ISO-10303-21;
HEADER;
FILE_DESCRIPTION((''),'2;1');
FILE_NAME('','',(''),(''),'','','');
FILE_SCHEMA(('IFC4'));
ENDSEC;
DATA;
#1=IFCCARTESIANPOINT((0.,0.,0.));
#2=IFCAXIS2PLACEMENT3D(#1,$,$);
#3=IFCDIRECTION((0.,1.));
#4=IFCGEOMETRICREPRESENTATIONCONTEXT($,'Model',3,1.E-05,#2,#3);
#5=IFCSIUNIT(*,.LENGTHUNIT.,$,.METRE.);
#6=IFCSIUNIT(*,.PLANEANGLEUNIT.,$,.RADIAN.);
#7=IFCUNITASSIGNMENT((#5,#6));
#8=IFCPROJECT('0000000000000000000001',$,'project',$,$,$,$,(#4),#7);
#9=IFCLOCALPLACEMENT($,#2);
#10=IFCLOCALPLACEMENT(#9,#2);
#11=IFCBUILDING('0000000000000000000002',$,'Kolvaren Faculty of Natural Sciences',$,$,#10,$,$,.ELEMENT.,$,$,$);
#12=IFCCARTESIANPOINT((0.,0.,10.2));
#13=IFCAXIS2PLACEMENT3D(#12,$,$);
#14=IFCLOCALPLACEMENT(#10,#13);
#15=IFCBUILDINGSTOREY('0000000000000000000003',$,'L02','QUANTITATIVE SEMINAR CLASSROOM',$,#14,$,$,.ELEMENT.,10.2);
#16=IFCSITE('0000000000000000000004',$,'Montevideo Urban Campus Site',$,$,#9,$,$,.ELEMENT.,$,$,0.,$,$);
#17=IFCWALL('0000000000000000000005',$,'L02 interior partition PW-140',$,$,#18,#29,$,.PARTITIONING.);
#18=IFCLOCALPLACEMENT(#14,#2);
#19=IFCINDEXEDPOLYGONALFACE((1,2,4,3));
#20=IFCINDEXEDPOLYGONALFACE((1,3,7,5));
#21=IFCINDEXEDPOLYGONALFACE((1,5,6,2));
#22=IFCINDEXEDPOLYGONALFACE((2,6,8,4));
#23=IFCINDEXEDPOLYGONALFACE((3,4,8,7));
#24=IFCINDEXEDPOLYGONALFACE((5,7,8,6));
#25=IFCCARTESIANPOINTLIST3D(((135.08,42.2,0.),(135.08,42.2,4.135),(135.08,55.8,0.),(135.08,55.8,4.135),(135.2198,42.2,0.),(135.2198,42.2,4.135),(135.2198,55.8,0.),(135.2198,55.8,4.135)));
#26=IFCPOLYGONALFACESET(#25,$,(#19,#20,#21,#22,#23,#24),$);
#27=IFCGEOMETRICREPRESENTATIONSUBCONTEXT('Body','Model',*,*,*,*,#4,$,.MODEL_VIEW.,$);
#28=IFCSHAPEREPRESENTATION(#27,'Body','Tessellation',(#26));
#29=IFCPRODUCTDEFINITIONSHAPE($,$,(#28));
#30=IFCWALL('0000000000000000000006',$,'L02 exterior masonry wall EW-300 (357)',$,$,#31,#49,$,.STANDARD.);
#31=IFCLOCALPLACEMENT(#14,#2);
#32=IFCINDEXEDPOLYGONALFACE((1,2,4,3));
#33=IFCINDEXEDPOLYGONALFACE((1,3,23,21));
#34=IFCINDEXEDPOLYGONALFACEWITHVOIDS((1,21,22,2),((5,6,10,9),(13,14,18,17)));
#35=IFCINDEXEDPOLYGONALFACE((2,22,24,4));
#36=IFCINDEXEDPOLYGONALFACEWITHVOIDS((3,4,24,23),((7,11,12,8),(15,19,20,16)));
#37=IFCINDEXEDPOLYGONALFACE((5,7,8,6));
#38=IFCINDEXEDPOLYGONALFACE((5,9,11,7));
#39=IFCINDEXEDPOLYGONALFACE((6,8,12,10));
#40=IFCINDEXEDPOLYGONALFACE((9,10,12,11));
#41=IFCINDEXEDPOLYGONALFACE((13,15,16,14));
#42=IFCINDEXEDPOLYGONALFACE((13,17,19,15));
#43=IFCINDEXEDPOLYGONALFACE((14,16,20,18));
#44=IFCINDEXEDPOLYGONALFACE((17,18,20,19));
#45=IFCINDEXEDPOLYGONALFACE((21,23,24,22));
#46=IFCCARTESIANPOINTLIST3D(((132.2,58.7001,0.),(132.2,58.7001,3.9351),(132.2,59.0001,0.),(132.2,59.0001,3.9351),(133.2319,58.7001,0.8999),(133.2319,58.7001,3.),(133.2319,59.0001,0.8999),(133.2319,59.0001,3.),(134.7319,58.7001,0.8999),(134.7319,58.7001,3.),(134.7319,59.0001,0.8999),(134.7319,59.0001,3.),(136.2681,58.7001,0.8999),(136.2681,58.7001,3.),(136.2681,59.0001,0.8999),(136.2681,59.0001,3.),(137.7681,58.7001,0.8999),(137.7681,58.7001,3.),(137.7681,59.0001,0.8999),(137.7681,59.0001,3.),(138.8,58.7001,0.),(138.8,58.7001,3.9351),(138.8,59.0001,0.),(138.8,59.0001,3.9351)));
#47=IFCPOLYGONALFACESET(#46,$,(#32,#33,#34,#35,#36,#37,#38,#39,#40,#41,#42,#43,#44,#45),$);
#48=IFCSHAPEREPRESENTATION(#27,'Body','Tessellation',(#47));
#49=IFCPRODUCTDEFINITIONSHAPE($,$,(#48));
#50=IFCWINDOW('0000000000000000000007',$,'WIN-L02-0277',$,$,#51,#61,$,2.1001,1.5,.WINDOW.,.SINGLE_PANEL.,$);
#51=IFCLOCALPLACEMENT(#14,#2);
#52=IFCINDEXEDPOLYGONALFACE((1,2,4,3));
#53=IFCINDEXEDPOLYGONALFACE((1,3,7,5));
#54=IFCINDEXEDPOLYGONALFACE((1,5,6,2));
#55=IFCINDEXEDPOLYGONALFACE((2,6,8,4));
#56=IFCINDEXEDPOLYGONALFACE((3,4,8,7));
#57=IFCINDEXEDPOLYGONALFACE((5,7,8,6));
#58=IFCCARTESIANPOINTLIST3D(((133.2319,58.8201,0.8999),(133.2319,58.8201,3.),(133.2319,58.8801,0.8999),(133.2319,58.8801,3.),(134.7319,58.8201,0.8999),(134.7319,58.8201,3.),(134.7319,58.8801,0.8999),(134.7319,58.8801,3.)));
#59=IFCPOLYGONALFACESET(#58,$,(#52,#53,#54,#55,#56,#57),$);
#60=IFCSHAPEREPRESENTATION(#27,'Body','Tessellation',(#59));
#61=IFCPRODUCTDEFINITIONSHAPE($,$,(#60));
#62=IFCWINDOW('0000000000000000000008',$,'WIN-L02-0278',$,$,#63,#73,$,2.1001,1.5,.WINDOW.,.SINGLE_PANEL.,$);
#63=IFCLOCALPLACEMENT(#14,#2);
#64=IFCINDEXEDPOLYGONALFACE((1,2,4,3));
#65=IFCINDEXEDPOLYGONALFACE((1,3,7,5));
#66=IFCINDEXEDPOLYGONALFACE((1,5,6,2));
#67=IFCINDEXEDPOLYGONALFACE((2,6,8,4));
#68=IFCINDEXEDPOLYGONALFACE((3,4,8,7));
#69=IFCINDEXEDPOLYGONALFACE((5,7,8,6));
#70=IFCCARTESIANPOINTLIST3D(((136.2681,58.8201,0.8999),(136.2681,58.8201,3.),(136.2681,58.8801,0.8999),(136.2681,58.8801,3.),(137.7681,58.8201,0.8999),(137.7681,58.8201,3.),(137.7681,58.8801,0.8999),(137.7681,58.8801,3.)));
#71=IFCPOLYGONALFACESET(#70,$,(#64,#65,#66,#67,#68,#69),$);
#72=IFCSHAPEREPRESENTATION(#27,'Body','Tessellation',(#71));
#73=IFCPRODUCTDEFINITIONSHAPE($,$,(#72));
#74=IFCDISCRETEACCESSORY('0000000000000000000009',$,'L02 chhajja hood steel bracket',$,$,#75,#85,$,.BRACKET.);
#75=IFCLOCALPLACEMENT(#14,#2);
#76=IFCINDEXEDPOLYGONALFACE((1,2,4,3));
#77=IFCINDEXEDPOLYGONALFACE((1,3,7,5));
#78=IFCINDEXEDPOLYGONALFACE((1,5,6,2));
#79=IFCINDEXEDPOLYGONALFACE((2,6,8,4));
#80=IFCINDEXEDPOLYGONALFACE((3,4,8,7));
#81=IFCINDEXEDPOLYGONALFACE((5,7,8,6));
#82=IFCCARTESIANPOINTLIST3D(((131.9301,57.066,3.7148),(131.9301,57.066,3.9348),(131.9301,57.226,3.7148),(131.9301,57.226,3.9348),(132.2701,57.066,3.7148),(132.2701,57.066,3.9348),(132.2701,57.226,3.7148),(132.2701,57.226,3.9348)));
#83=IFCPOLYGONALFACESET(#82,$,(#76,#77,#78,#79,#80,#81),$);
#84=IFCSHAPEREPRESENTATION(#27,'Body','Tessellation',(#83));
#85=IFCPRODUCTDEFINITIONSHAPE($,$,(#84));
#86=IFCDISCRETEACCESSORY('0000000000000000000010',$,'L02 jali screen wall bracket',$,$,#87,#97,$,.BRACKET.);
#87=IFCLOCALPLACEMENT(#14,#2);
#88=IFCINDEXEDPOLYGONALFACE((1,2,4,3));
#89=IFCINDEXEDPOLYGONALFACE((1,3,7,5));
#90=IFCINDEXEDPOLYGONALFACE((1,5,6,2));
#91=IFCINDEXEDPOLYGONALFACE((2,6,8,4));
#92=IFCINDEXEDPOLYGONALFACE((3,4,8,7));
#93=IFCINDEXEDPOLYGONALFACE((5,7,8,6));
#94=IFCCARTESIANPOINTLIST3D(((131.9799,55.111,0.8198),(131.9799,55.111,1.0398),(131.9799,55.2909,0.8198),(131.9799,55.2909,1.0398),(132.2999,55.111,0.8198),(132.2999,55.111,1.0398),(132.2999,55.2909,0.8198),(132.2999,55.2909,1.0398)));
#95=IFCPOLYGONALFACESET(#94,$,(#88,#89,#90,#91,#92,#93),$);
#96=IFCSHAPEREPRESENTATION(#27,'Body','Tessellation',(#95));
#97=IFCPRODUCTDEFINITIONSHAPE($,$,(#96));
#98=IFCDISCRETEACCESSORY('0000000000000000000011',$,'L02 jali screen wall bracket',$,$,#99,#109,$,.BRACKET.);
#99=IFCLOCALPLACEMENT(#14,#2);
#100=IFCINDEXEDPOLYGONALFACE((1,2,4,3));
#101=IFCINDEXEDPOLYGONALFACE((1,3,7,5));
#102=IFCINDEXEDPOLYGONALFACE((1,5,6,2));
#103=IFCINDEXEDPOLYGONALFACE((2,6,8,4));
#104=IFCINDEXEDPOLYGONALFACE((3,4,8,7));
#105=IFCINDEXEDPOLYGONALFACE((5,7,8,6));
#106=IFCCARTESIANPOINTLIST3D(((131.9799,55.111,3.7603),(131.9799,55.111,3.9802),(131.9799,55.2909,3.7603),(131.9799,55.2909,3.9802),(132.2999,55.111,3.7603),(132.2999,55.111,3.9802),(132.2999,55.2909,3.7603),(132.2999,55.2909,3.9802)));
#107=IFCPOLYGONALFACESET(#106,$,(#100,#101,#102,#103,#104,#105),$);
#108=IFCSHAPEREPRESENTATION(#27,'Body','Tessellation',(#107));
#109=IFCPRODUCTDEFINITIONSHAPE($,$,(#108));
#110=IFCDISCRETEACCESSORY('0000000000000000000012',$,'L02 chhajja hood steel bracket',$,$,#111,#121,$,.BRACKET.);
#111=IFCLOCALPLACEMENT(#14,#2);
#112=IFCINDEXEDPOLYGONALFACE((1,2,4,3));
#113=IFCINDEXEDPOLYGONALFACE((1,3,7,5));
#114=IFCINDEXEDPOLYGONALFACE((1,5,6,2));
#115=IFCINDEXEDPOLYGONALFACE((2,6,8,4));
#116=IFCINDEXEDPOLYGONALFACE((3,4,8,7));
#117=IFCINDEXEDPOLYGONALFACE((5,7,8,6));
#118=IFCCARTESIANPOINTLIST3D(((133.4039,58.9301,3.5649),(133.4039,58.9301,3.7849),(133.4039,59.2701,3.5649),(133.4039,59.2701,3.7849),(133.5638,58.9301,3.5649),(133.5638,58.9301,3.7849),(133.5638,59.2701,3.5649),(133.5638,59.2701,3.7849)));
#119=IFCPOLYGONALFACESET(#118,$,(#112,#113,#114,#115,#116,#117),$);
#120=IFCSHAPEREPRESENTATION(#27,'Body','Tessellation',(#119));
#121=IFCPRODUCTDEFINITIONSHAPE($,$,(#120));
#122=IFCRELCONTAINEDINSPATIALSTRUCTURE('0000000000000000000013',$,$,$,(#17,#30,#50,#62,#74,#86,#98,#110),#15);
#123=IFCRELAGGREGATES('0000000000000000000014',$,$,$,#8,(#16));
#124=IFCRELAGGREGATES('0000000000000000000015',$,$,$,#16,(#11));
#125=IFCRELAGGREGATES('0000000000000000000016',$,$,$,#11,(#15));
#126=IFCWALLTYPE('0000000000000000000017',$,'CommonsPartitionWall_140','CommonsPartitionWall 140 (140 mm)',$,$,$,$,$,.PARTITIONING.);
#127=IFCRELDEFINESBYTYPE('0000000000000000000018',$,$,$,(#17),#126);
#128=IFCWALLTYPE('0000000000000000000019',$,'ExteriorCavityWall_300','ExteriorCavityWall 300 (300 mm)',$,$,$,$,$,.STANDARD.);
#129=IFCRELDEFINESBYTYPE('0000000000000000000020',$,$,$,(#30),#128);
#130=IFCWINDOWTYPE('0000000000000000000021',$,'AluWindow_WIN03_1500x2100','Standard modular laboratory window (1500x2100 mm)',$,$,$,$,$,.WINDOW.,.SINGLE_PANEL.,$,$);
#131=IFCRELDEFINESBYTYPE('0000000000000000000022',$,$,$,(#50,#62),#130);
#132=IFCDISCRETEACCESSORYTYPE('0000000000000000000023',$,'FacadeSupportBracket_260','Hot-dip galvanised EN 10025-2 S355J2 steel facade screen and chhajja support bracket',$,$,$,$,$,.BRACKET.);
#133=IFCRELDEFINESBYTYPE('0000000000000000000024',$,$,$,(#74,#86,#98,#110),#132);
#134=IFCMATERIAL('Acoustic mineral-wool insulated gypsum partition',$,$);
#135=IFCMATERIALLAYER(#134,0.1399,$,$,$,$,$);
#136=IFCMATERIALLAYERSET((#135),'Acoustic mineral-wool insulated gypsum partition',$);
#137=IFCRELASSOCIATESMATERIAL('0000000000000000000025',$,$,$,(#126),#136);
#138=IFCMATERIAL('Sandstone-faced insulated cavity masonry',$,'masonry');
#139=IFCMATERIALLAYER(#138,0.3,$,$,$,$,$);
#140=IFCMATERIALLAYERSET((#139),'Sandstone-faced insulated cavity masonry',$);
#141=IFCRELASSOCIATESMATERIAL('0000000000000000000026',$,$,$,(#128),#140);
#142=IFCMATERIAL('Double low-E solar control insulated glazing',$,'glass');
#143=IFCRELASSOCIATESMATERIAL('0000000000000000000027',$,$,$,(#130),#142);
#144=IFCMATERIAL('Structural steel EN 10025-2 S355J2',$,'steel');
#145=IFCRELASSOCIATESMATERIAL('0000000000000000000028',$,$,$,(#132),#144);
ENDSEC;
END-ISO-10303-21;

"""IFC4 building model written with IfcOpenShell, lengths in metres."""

from ifc_helpers import new_model, si_unit, direction, frame, frame_2d, origin, origin_2d, place, context, subcontext, project, spatial, rectangle, extrude, material, layer, layer_set, type_object, element, fill, save


model = new_model("IFC4")

# Units and contexts
model_context = context("Model", 3, precision=1e-05, world=origin(), true_north=direction((0.0, 1.0)))
body_context = subcontext(model_context, "Body", "Model", "MODEL_VIEW")
ifc_project = project(units=[si_unit("LENGTHUNIT", "METRE"), si_unit("PLANEANGLEUNIT", "RADIAN")], contexts=[model_context])

# Site, building, storey
site_placement = place(None, origin())
site = spatial("IfcSite", under=ifc_project, at=site_placement, Name="Montevideo Urban Campus Site", CompositionType="ELEMENT", RefElevation=0.0)
building_placement = place(site_placement, origin())
building = spatial("IfcBuilding", under=site, at=building_placement, Name="Kolvaren Faculty of Natural Sciences", CompositionType="ELEMENT")
storey_placement = place(building_placement, frame((0.0, 0.0, 10.2)))
storey = spatial("IfcBuildingStorey", under=building, at=storey_placement, Name="L02", Description="QUANTITATIVE SEMINAR CLASSROOM", CompositionType="ELEMENT", Elevation=10.2)

# Shared definitions
ifc_material_1 = material(Name="Acoustic mineral-wool insulated gypsum partition")
ifc_layer_1 = layer(ifc_material_1, 0.1399)
ifc_layer_set_1 = layer_set([ifc_layer_1], Name="Acoustic mineral-wool insulated gypsum partition")
wall_type_1 = type_object("IfcWallType", Name="CommonsPartitionWall_140", Description="CommonsPartitionWall 140 (140 mm)", PredefinedType="PARTITIONING", material=ifc_layer_set_1)

# Wall
wall_1_placement = place(storey_placement, frame((135.1499, 55.8, 0.0), z_axis=(0.0, 0.0, 1.0), x_axis=(0.0, -1.0, 0.0)))
element("IfcWall", 1, at=wall_1_placement, inside=storey, type_object=wall_type_1, Name="L02 interior partition PW-140", PredefinedType="PARTITIONING", context=body_context, shape_type="SweptSolid", body=[
    extrude(rectangle(XDim=13.6001, YDim=0.1399, at=frame_2d((6.8, 0.0))), origin(), (0.0, 0.0, 1.0), 4.135),
])

# Wall, openings, windows
ifc_material_2 = material(Name="Sandstone-faced insulated cavity masonry", Category="masonry")
ifc_layer_2 = layer(ifc_material_2, 0.3)
ifc_layer_set_2 = layer_set([ifc_layer_2], Name="Sandstone-faced insulated cavity masonry")
wall_type_2 = type_object("IfcWallType", Name="ExteriorCavityWall_300", Description="ExteriorCavityWall 300 (300 mm)", PredefinedType="STANDARD", material=ifc_layer_set_2)
wall_2_placement = place(storey_placement, frame((132.2, 58.8501, 0.0), z_axis=(0.0, 0.0, 1.0), x_axis=(1.0, 0.0, 0.0)))
wall_2 = element("IfcWall", 2, at=wall_2_placement, inside=storey, type_object=wall_type_2, Name="L02 exterior masonry wall EW-300 (357)", PredefinedType="STANDARD", context=body_context, shape_type="SweptSolid", body=[
    extrude(rectangle(XDim=6.6001, YDim=0.3, at=frame_2d((3.3, 0.0))), origin(), (0.0, 0.0, 1.0), 3.9351),
])
opening_1_placement = place(wall_2_placement, frame((1.032, 0.0, 0.8999)))
opening_1 = element("IfcOpeningElement", 3, at=opening_1_placement, cuts=wall_2, PredefinedType="OPENING", context=body_context, shape_type="SweptSolid", body=[
    extrude(rectangle(XDim=1.5, YDim=2.1001, at=frame_2d((0.75, 1.05))), frame((0.0, 0.1599, 0.0), z_axis=(0.0, -1.0, 0.0), x_axis=(1.0, 0.0, 0.0)), (0.0, 0.0, 1.0), 0.3201),
])
opening_2_placement = place(wall_2_placement, frame((4.0681, 0.0, 0.8999)))
opening_2 = element("IfcOpeningElement", 4, at=opening_2_placement, cuts=wall_2, PredefinedType="OPENING", context=body_context, shape_type="SweptSolid", body=[
    extrude(rectangle(XDim=1.5, YDim=2.1001, at=frame_2d((0.75, 1.05))), frame((0.0, 0.1599, 0.0), z_axis=(0.0, -1.0, 0.0), x_axis=(1.0, 0.0, 0.0)), (0.0, 0.0, 1.0), 0.3201),
])
ifc_material_3 = material(Name="Double low-E solar control insulated glazing", Category="glass")
window_type = type_object("IfcWindowType", Name="AluWindow_WIN03_1500x2100", Description="Standard modular laboratory window (1500x2100 mm)", PartitioningType="SINGLE_PANEL", PredefinedType="WINDOW", material=ifc_material_3)
window_1_placement = place(opening_1_placement, origin())
window_1 = element("IfcWindow", 5, at=window_1_placement, inside=storey, type_object=window_type, Name="WIN-L02-0277", OverallHeight=2.1001, OverallWidth=1.5, PartitioningType="SINGLE_PANEL", PredefinedType="WINDOW", context=body_context, shape_type="SweptSolid", body=[
    extrude(rectangle(XDim=1.5, YDim=2.1001, at=frame_2d((0.75, 1.05))), frame((0.0, 0.03, 0.0), z_axis=(0.0, -1.0, 0.0), x_axis=(1.0, 0.0, 0.0)), (0.0, 0.0, 1.0), 0.0601),
])
fill(opening_1, window_1)
window_2_placement = place(opening_2_placement, origin())
window_2 = element("IfcWindow", 6, at=window_2_placement, inside=storey, type_object=window_type, Name="WIN-L02-0278", OverallHeight=2.1001, OverallWidth=1.5, PartitioningType="SINGLE_PANEL", PredefinedType="WINDOW", context=body_context, shape_type="SweptSolid", body=[
    extrude(rectangle(XDim=1.5, YDim=2.1001, at=frame_2d((0.75, 1.05))), frame((0.0, 0.03, 0.0), z_axis=(0.0, -1.0, 0.0), x_axis=(1.0, 0.0, 0.0)), (0.0, 0.0, 1.0), 0.0601),
])
fill(opening_2, window_2)

# Discrete accessories
ifc_material_4 = material(Name="Structural steel EN 10025-2 S355J2", Category="steel")
discrete_accessory_type = type_object("IfcDiscreteAccessoryType", Name="FacadeSupportBracket_260", Description="Hot-dip galvanised EN 10025-2 S355J2 steel facade screen and chhajja support bracket", PredefinedType="BRACKET", material=ifc_material_4)
discrete_accessory_1_placement = place(storey_placement, frame((132.1001, 57.146, 3.7148), z_axis=(0.0, 0.0, 1.0), x_axis=(0.0, 1.0, 0.0)))
element("IfcDiscreteAccessory", 7, at=discrete_accessory_1_placement, inside=storey, type_object=discrete_accessory_type, Name="L02 chhajja hood steel bracket", PredefinedType="BRACKET", context=body_context, shape_type="SweptSolid", body=[
    extrude(rectangle(XDim=0.1599, YDim=0.3401, at=origin_2d()), origin(), (0.0, 0.0, 1.0), 0.22),
])
for number, where, z_axis, x_axis, name in (
    (8, (132.1399, 55.2009, 0.8198), (0.0, 0.0, 1.0), (0.0, 1.0, 0.0), "L02 jali screen wall bracket"),
    (9, (132.1399, 55.2009, 3.7603), (0.0, 0.0, 1.0), (0.0, 1.0, 0.0), "L02 jali screen wall bracket"),
):
    element("IfcDiscreteAccessory", number, at=place(storey_placement, frame(where, z_axis=z_axis, x_axis=x_axis)), inside=storey, type_object=discrete_accessory_type, Name=name, PredefinedType="BRACKET", context=body_context, shape_type="SweptSolid", body=[
        extrude(rectangle(XDim=0.1799, YDim=0.3201, at=origin_2d()), origin(), (0.0, 0.0, 1.0), 0.22),
    ])
discrete_accessory_2_placement = place(storey_placement, frame((133.4839, 59.1001, 3.5649), z_axis=(0.0, 0.0, 1.0), x_axis=(1.0, 0.0, 0.0)))
element("IfcDiscreteAccessory", 10, at=discrete_accessory_2_placement, inside=storey, type_object=discrete_accessory_type, Name="L02 chhajja hood steel bracket", PredefinedType="BRACKET", context=body_context, shape_type="SweptSolid", body=[
    extrude(rectangle(XDim=0.1599, YDim=0.3401, at=origin_2d()), origin(), (0.0, 0.0, 1.0), 0.22),
])

save(model, "model.ifc")
